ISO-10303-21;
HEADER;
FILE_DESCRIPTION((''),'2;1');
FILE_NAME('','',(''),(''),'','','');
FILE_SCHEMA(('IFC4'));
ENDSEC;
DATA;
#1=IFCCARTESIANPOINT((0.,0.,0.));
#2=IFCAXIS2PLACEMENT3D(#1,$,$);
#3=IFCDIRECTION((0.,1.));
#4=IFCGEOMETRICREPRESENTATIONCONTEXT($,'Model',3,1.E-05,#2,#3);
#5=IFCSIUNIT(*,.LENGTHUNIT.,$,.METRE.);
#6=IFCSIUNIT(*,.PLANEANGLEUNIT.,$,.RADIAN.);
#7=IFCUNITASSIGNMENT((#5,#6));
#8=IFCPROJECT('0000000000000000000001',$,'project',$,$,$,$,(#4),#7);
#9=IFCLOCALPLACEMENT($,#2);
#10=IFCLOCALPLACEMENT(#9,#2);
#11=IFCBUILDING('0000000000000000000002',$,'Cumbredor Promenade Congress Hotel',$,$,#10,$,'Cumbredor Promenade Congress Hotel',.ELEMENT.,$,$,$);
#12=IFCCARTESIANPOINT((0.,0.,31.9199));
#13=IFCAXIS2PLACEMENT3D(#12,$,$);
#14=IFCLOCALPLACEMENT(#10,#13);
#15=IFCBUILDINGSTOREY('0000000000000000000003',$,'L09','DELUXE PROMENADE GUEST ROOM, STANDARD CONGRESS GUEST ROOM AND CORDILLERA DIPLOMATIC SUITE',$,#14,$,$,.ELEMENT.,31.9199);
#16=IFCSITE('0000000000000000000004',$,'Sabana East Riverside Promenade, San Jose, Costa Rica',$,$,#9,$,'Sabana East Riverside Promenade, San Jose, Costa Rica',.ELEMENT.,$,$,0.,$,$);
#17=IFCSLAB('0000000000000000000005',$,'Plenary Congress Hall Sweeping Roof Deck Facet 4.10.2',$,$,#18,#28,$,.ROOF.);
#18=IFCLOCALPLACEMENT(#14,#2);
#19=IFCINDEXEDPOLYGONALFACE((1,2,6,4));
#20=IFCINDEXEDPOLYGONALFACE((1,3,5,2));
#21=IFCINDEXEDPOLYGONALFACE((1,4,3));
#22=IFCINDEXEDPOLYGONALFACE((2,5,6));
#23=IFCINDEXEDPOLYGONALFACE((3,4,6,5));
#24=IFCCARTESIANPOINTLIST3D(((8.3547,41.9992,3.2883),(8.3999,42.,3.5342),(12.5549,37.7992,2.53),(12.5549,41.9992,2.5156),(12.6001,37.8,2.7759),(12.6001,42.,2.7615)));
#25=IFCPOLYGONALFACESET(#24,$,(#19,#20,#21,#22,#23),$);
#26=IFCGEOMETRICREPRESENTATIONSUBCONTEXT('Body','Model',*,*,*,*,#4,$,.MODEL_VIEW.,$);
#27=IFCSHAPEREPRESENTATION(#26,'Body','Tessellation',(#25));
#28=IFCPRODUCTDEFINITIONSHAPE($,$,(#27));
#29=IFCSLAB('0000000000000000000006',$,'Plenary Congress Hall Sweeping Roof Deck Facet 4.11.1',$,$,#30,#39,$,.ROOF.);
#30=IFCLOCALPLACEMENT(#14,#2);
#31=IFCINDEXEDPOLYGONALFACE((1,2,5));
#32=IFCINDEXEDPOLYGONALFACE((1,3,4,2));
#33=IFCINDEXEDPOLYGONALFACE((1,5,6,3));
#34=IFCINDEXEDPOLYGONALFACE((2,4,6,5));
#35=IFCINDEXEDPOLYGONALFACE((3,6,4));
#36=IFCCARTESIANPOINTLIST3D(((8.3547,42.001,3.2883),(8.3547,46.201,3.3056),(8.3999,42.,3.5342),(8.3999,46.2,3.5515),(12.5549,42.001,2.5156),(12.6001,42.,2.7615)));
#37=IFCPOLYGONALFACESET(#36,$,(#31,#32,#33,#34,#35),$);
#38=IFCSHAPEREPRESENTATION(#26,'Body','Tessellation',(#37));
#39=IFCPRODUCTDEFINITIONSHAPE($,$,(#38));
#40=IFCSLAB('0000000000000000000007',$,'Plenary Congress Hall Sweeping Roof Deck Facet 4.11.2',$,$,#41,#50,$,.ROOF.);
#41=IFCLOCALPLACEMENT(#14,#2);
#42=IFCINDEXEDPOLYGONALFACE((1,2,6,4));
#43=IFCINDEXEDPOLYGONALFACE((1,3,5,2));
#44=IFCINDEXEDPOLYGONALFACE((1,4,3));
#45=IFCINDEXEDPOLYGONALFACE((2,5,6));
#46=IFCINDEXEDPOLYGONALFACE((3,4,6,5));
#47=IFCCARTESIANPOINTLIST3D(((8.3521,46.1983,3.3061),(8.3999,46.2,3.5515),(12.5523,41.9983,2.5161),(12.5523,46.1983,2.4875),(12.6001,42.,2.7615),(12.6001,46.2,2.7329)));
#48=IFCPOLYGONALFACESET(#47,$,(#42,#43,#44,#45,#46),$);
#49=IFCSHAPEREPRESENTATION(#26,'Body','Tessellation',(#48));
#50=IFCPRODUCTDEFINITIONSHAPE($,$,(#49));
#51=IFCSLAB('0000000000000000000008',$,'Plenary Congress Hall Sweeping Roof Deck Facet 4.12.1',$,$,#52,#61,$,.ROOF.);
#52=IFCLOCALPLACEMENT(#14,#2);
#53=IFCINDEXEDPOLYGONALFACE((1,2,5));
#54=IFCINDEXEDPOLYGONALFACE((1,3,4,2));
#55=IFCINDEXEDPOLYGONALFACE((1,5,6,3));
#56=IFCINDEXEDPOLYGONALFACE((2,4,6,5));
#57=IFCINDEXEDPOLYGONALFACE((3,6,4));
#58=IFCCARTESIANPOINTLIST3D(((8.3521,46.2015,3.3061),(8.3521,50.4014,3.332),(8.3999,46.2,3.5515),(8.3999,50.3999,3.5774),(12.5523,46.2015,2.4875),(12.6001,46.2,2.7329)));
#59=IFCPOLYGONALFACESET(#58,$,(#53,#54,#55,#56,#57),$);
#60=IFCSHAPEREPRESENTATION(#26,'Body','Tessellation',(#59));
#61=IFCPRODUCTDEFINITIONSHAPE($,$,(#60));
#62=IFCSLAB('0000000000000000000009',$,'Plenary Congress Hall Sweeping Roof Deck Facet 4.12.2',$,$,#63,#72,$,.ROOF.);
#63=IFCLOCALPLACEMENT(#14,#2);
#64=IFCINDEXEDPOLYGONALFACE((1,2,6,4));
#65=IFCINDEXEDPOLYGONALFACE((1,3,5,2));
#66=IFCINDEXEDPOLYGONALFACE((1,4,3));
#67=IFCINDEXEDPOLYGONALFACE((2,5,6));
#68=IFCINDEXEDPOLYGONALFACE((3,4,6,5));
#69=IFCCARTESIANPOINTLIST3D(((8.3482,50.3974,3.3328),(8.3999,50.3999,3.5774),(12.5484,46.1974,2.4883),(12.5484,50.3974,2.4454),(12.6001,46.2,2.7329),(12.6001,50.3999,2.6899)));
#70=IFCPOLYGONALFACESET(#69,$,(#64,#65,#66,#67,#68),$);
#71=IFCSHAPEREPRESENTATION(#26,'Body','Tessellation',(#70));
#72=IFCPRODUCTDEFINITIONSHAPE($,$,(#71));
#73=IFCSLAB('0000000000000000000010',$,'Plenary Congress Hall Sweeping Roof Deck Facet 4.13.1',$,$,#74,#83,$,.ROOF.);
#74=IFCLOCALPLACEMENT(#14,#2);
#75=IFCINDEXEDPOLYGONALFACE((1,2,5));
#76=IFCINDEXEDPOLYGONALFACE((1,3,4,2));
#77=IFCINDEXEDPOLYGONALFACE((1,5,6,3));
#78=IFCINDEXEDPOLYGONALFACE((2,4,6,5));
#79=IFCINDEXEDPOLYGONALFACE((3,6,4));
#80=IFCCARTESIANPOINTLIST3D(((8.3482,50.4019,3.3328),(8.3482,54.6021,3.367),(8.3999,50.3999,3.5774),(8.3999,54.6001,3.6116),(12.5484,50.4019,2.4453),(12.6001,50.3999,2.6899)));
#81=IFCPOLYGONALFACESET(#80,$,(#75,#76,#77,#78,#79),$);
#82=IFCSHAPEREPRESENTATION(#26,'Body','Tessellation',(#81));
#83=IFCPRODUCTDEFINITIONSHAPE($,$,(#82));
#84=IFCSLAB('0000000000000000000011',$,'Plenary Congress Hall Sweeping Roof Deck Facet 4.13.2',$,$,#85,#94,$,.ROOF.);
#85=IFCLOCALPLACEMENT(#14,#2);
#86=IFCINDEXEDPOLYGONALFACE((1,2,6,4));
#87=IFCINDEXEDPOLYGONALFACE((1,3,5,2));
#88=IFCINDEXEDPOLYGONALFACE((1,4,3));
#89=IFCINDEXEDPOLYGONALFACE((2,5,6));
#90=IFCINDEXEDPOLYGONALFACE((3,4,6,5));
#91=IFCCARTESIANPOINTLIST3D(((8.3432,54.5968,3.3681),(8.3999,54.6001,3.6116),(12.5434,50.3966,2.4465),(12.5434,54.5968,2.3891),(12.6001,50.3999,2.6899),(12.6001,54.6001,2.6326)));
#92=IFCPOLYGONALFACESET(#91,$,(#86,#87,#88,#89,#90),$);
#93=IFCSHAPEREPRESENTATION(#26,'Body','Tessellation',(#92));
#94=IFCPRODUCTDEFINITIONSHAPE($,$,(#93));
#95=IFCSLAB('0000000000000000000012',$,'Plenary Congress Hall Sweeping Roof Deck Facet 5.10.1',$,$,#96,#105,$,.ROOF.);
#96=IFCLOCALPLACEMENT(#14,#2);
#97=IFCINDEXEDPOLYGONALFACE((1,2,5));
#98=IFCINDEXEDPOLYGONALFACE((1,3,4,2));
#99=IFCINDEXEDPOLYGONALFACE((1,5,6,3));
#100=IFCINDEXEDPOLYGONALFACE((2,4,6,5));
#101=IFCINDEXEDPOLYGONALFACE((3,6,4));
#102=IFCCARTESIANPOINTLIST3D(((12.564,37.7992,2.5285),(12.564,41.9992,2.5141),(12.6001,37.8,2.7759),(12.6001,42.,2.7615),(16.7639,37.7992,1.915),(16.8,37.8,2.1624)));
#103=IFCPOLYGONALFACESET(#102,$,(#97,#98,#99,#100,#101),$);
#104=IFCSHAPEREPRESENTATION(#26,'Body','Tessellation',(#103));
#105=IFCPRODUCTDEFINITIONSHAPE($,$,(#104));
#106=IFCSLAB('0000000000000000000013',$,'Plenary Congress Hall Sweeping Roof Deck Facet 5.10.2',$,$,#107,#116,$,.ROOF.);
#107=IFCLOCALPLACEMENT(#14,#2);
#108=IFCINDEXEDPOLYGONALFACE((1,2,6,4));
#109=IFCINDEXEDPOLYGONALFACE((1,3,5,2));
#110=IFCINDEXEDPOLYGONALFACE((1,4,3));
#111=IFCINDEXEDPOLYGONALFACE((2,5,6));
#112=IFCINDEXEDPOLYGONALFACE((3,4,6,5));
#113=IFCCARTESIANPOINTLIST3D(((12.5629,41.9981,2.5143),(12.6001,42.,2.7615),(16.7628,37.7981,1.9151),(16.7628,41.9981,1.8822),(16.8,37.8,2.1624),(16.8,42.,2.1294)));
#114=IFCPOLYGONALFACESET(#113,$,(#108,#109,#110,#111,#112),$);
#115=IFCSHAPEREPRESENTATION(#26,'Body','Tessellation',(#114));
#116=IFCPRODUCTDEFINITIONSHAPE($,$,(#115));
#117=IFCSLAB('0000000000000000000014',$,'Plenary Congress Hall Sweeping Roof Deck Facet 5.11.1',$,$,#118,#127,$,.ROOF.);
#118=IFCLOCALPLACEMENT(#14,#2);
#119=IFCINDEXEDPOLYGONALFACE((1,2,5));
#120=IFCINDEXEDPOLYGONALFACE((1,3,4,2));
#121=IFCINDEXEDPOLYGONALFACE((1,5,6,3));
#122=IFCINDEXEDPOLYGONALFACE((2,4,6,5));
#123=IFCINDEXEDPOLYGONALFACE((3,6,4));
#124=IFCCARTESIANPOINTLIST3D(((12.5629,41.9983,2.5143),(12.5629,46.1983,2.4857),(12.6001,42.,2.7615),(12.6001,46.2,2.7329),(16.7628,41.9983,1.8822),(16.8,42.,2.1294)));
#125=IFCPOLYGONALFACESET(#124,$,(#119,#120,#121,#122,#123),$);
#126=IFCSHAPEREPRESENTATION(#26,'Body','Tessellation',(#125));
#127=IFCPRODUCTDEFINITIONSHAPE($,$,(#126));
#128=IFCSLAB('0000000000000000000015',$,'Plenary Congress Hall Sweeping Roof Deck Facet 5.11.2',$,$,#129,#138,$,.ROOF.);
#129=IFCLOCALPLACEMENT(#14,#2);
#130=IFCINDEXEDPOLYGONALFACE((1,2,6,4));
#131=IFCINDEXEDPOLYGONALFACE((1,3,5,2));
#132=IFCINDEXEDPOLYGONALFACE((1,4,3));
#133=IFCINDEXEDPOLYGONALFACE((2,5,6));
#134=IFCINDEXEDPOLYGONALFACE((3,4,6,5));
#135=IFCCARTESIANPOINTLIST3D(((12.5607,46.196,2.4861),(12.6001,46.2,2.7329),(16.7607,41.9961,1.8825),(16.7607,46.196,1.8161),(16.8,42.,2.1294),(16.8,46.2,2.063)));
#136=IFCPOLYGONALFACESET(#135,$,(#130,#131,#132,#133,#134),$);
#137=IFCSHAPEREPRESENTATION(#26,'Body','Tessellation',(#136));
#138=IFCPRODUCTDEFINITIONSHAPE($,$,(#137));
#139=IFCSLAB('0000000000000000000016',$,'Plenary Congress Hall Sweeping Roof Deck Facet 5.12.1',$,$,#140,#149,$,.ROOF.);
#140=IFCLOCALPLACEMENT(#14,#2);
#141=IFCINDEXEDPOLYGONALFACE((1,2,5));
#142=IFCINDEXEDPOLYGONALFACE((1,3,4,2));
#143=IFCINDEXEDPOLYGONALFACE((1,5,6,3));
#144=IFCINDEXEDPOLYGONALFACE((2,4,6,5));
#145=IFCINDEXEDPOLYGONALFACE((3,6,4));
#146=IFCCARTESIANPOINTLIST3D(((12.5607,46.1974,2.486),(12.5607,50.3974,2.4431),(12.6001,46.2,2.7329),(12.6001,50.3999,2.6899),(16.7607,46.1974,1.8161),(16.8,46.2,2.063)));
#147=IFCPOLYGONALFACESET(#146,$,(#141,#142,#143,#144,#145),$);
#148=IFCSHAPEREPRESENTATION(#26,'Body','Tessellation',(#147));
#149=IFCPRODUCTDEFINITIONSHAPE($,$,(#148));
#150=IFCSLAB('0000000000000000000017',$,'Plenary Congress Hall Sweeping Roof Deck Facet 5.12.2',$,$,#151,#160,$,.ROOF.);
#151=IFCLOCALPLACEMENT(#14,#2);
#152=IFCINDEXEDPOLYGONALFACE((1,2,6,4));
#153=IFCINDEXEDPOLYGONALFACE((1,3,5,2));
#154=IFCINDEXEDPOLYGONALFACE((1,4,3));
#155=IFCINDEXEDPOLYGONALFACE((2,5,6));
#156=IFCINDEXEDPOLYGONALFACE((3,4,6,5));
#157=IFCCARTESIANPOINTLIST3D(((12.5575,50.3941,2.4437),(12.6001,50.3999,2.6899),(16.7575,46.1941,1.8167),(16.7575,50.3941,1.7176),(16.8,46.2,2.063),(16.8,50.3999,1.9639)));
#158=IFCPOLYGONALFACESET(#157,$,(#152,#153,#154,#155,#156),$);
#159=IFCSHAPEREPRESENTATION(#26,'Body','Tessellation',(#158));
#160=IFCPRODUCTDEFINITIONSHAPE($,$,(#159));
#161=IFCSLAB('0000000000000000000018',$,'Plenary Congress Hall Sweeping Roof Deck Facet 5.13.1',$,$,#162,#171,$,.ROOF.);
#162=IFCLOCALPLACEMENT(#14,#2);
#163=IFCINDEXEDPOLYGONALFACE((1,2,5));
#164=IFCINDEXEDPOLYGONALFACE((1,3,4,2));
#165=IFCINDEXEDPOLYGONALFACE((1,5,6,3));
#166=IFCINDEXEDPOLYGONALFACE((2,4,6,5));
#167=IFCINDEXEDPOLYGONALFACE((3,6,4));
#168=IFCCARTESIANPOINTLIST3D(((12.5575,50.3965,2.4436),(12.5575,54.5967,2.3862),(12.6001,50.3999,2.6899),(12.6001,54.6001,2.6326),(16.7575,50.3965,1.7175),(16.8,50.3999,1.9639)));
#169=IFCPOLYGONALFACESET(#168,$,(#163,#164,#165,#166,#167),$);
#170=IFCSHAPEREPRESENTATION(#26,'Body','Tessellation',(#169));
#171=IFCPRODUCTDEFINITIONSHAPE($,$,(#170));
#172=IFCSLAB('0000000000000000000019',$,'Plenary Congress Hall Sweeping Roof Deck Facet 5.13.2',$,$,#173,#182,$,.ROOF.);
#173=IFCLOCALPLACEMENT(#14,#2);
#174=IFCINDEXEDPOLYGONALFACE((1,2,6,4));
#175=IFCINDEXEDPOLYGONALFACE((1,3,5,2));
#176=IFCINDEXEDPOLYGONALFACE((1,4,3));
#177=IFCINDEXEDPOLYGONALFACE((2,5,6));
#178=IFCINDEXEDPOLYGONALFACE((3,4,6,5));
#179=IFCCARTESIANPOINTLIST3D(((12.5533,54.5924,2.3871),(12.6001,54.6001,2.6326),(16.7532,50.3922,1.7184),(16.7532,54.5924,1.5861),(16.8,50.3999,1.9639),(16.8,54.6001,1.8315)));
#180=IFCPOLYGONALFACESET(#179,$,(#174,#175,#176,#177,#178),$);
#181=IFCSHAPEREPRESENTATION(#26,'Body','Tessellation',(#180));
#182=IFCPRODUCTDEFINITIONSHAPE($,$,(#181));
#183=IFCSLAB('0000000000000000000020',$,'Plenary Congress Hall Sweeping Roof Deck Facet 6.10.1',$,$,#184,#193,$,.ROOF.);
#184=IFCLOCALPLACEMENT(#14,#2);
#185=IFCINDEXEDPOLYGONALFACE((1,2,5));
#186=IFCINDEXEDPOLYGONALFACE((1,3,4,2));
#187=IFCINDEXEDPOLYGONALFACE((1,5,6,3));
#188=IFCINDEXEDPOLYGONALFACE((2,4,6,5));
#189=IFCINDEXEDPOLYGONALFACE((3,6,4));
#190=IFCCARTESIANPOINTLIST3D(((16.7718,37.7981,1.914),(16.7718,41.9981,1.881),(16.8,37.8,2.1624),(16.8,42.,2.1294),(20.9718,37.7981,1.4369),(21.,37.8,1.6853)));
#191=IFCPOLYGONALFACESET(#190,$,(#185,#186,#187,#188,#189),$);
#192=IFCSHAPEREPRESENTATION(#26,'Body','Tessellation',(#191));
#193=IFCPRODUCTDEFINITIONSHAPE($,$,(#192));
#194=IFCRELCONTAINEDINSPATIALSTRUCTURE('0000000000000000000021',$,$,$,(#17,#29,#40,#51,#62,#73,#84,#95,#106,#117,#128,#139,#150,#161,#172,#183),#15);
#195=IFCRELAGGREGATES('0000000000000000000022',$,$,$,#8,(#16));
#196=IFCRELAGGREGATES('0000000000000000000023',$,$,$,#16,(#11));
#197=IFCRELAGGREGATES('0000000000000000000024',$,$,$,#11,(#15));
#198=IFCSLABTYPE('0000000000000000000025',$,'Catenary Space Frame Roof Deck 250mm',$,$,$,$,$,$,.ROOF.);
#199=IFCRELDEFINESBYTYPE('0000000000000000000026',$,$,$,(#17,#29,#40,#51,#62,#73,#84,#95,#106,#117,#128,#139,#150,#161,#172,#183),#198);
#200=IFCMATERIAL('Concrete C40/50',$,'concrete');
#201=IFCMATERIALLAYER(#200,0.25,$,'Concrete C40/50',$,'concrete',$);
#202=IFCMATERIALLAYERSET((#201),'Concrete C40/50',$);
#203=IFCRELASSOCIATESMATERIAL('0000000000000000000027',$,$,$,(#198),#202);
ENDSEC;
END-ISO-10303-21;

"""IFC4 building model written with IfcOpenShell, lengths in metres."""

from ifc_helpers import new_model, si_unit, direction, frame, origin, place, context, subcontext, project, spatial, polyline, outline, extrude, material, layer, layer_set, type_object, element, save


model = new_model("IFC4")

# Units and contexts
model_context = context("Model", 3, precision=1e-05, world=origin(), true_north=direction((0.0, 1.0)))
body_context = subcontext(model_context, "Body", "Model", "MODEL_VIEW")
ifc_project = project(units=[si_unit("LENGTHUNIT", "METRE"), si_unit("PLANEANGLEUNIT", "RADIAN")], contexts=[model_context])

# Site, building, storey
site_placement = place(None, origin())
site = spatial("IfcSite", under=ifc_project, at=site_placement, Name="Sabana East Riverside Promenade, San Jose, Costa Rica", LongName="Sabana East Riverside Promenade, San Jose, Costa Rica", CompositionType="ELEMENT", RefElevation=0.0)
building_placement = place(site_placement, origin())
building = spatial("IfcBuilding", under=site, at=building_placement, Name="Cumbredor Promenade Congress Hotel", LongName="Cumbredor Promenade Congress Hotel", CompositionType="ELEMENT")
storey_placement = place(building_placement, frame((0.0, 0.0, 31.9199)))
storey = spatial("IfcBuildingStorey", under=building, at=storey_placement, Name="L09", Description="DELUXE PROMENADE GUEST ROOM, STANDARD CONGRESS GUEST ROOM AND CORDILLERA DIPLOMATIC SUITE", CompositionType="ELEMENT", Elevation=31.9199)

# Slabs
ifc_material_1 = material(Name="Concrete C40/50", Category="concrete")
ifc_layer_1 = layer(ifc_material_1, 0.25, Name="Concrete C40/50", Category="concrete")
ifc_layer_set_1 = layer_set([ifc_layer_1], Name="Concrete C40/50")
slab_type = type_object("IfcSlabType", Name="Catenary Space Frame Roof Deck 250mm", PredefinedType="ROOF", material=ifc_layer_set_1)
slab_1_placement = place(storey_placement, frame((12.6001, 37.8, 2.7759), z_axis=(0.180932, 0.003373, 0.98349), x_axis=(0.0, 0.999994, -0.00343)))
element("IfcSlab", 1, at=slab_1_placement, inside=storey, type_object=slab_type, Name="Plenary Congress Hall Sweeping Roof Deck Facet 4.10.2", PredefinedType="ROOF", context=body_context, shape_type="SweptSolid", body=[
    extrude(outline(polyline([(0.0, 0.0), (4.2, 0.0), (4.1973, 4.2707), (0.0, 0.0)])), origin(), (0.0, 0.0, -1.0), 0.25),
])
slab_2_placement = place(storey_placement, frame((8.3999, 42.0, 3.5342), z_axis=(0.180931, -0.004059, 0.983487), x_axis=(0.983496, 0.0, -0.180933)))
element("IfcSlab", 2, at=slab_2_placement, inside=storey, type_object=slab_type, Name="Plenary Congress Hall Sweeping Roof Deck Facet 4.11.1", PredefinedType="ROOF", context=body_context, shape_type="SweptSolid", body=[
    extrude(outline(polyline([(0.0, 0.0), (4.2707, 0.0), (-0.0031, 4.2), (0.0, 0.0)])), origin(), (0.0, 0.0, -1.0), 0.25),
])
slab_3_placement = place(storey_placement, frame((12.6001, 42.0, 2.7615), z_axis=(0.191293, 0.006675, 0.98151), x_axis=(0.0, 0.999977, -0.006801)))
element("IfcSlab", 3, at=slab_3_placement, inside=storey, type_object=slab_type, Name="Plenary Congress Hall Sweeping Roof Deck Facet 4.11.2", PredefinedType="ROOF", context=body_context, shape_type="SweptSolid", body=[
    extrude(outline(polyline([(0.0, 0.0), (4.2, 0.0), (4.1945, 4.2792), (0.0, 0.0)])), origin(), (0.0, 0.0, -1.0), 0.25),
])
slab_4_placement = place(storey_placement, frame((8.3999, 46.2, 3.5515), z_axis=(0.191294, -0.006048, 0.981514), x_axis=(0.981532, 0.0, -0.191297)))
element("IfcSlab", 4, at=slab_4_placement, inside=storey, type_object=slab_type, Name="Plenary Congress Hall Sweeping Roof Deck Facet 4.12.1", PredefinedType="ROOF", context=body_context, shape_type="SweptSolid", body=[
    extrude(outline(polyline([(0.0, 0.0), (4.2792, 0.0), (-0.005, 4.2), (0.0, 0.0)])), origin(), (0.0, 0.0, -1.0), 0.25),
])
slab_5_placement = place(storey_placement, frame((12.6001, 46.2, 2.7329), z_axis=(0.206714, 0.010009, 0.97835), x_axis=(0.0, 0.999948, -0.01023)))
element("IfcSlab", 5, at=slab_5_placement, inside=storey, type_object=slab_type, Name="Plenary Congress Hall Sweeping Roof Deck Facet 4.12.2", PredefinedType="ROOF", context=body_context, shape_type="SweptSolid", body=[
    extrude(outline(polyline([(0.0, 0.0), (4.2002, 0.0), (4.1911, 4.2929), (0.0, 0.0)])), origin(), (0.0, 0.0, -1.0), 0.25),
])
slab_6_placement = place(storey_placement, frame((8.3999, 50.3999, 3.5774), z_axis=(0.206718, -0.007962, 0.978368), x_axis=(0.978399, 0.0, -0.206724)))
element("IfcSlab", 6, at=slab_6_placement, inside=storey, type_object=slab_type, Name="Plenary Congress Hall Sweeping Roof Deck Facet 4.13.1", PredefinedType="ROOF", context=body_context, shape_type="SweptSolid", body=[
    extrude(outline(polyline([(0.0, 0.0), (4.2929, 0.0), (-0.0071, 4.2003), (0.0, 0.0)])), origin(), (0.0, 0.0, -1.0), 0.25),
])
slab_7_placement = place(storey_placement, frame((12.6001, 50.3999, 2.6899), z_axis=(0.22698, 0.013302, 0.973808), x_axis=(0.0, 0.999907, -0.013658)))
element("IfcSlab", 7, at=slab_7_placement, inside=storey, type_object=slab_type, Name="Plenary Congress Hall Sweeping Roof Deck Facet 4.13.2", PredefinedType="ROOF", context=body_context, shape_type="SweptSolid", body=[
    extrude(outline(polyline([(0.0, 0.0), (4.2006, 0.0), (4.1872, 4.3128), (0.0, 0.0)])), origin(), (0.0, 0.0, -1.0), 0.25),
])
slab_8_placement = place(storey_placement, frame((12.6001, 37.8, 2.7759), z_axis=(0.144544, 0.003394, 0.989493), x_axis=(0.989498, 0.0, -0.144545)))
element("IfcSlab", 8, at=slab_8_placement, inside=storey, type_object=slab_type, Name="Plenary Congress Hall Sweeping Roof Deck Facet 5.10.1", PredefinedType="ROOF", context=body_context, shape_type="SweptSolid", body=[
    extrude(outline(polyline([(0.0, 0.0), (4.2445, 0.0), (0.0021, 4.2), (0.0, 0.0)])), origin(), (0.0, 0.0, -1.0), 0.25),
])
slab_9_placement = place(storey_placement, frame((16.8, 37.8, 2.1624), z_axis=(0.148817, 0.00776, 0.988834), x_axis=(0.0, 0.999969, -0.007847)))
element("IfcSlab", 9, at=slab_9_placement, inside=storey, type_object=slab_type, Name="Plenary Congress Hall Sweeping Roof Deck Facet 5.10.2", PredefinedType="ROOF", context=body_context, shape_type="SweptSolid", body=[
    extrude(outline(polyline([(0.0, 0.0), (4.2001, 0.0), (4.1951, 4.2472), (0.0, 0.0)])), origin(), (0.0, 0.0, -1.0), 0.25),
])
slab_10_placement = place(storey_placement, frame((12.6001, 42.0, 2.7615), z_axis=(0.148818, 0.006725, 0.988842), x_axis=(0.988864, 0.0, -0.148821)))
element("IfcSlab", 10, at=slab_10_placement, inside=storey, type_object=slab_type, Name="Plenary Congress Hall Sweeping Roof Deck Facet 5.11.1", PredefinedType="ROOF", context=body_context, shape_type="SweptSolid", body=[
    extrude(outline(polyline([(0.0, 0.0), (4.2472, 0.0), (0.0043, 4.2), (0.0, 0.0)])), origin(), (0.0, 0.0, -1.0), 0.25),
])
slab_11_placement = place(storey_placement, frame((16.8, 42.0, 2.1294), z_axis=(0.157497, 0.015612, 0.987396), x_axis=(0.0, 0.999875, -0.015809)))
element("IfcSlab", 11, at=slab_11_placement, inside=storey, type_object=slab_type, Name="Plenary Congress Hall Sweeping Roof Deck Facet 5.11.2", PredefinedType="ROOF", context=body_context, shape_type="SweptSolid", body=[
    extrude(outline(polyline([(0.0, 0.0), (4.2005, 0.0), (4.1899, 4.253), (0.0, 0.0)])), origin(), (0.0, 0.0, -1.0), 0.25),
])
slab_12_placement = place(storey_placement, frame((12.6001, 46.2, 2.7329), z_axis=(0.157508, 0.010103, 0.987466), x_axis=(0.987516, 0.0, -0.157516)))
element("IfcSlab", 12, at=slab_12_placement, inside=storey, type_object=slab_type, Name="Plenary Congress Hall Sweeping Roof Deck Facet 5.12.1", PredefinedType="ROOF", context=body_context, shape_type="SweptSolid", body=[
    extrude(outline(polyline([(0.0, 0.0), (4.253, 0.0), (0.0068, 4.2002), (0.0, 0.0)])), origin(), (0.0, 0.0, -1.0), 0.25),
])
slab_13_placement = place(storey_placement, frame((16.8, 46.2, 2.063), z_axis=(0.170304, 0.023249, 0.985117), x_axis=(0.0, 0.999722, -0.023594)))
element("IfcSlab", 13, at=slab_13_placement, inside=storey, type_object=slab_type, Name="Plenary Congress Hall Sweeping Roof Deck Facet 5.12.2", PredefinedType="ROOF", context=body_context, shape_type="SweptSolid", body=[
    extrude(outline(polyline([(0.0, 0.0), (4.2011, 0.0), (4.184, 4.2622), (0.0, 0.0)])), origin(), (0.0, 0.0, -1.0), 0.25),
])
slab_14_placement = place(storey_placement, frame((12.6001, 50.3999, 2.6899), z_axis=(0.170335, 0.013459, 0.985294), x_axis=(0.985384, 0.0, -0.17035)))
element("IfcSlab", 14, at=slab_14_placement, inside=storey, type_object=slab_type, Name="Plenary Congress Hall Sweeping Roof Deck Facet 5.13.1", PredefinedType="ROOF", context=body_context, shape_type="SweptSolid", body=[
    extrude(outline(polyline([(0.0, 0.0), (4.2622, 0.0), (0.0098, 4.2006), (0.0, 0.0)])), origin(), (0.0, 0.0, -1.0), 0.25),
])
slab_15_placement = place(storey_placement, frame((16.8, 50.3999, 1.9639), z_axis=(0.187256, 0.030932, 0.981824), x_axis=(0.0, 0.999504, -0.031489)))
element("IfcSlab", 15, at=slab_15_placement, inside=storey, type_object=slab_type, Name="Plenary Congress Hall Sweeping Roof Deck Facet 5.13.2", PredefinedType="ROOF", context=body_context, shape_type="SweptSolid", body=[
    extrude(outline(polyline([(0.0, 0.0), (4.2023, 0.0), (4.1771, 4.2756), (0.0, 0.0)])), origin(), (0.0, 0.0, -1.0), 0.25),
])
slab_16_placement = place(storey_placement, frame((16.8, 37.8, 2.1624), z_axis=(0.112856, 0.007797, 0.993581), x_axis=(0.993611, 0.0, -0.112859)))
element("IfcSlab", 16, at=slab_16_placement, inside=storey, type_object=slab_type, Name="Plenary Congress Hall Sweeping Roof Deck Facet 6.10.1", PredefinedType="ROOF", context=body_context, shape_type="SweptSolid", body=[
    extrude(outline(polyline([(0.0, 0.0), (4.227, 0.0), (0.0037, 4.2001), (0.0, 0.0)])), origin(), (0.0, 0.0, -1.0), 0.25),
])

save(model, "model.ifc")
